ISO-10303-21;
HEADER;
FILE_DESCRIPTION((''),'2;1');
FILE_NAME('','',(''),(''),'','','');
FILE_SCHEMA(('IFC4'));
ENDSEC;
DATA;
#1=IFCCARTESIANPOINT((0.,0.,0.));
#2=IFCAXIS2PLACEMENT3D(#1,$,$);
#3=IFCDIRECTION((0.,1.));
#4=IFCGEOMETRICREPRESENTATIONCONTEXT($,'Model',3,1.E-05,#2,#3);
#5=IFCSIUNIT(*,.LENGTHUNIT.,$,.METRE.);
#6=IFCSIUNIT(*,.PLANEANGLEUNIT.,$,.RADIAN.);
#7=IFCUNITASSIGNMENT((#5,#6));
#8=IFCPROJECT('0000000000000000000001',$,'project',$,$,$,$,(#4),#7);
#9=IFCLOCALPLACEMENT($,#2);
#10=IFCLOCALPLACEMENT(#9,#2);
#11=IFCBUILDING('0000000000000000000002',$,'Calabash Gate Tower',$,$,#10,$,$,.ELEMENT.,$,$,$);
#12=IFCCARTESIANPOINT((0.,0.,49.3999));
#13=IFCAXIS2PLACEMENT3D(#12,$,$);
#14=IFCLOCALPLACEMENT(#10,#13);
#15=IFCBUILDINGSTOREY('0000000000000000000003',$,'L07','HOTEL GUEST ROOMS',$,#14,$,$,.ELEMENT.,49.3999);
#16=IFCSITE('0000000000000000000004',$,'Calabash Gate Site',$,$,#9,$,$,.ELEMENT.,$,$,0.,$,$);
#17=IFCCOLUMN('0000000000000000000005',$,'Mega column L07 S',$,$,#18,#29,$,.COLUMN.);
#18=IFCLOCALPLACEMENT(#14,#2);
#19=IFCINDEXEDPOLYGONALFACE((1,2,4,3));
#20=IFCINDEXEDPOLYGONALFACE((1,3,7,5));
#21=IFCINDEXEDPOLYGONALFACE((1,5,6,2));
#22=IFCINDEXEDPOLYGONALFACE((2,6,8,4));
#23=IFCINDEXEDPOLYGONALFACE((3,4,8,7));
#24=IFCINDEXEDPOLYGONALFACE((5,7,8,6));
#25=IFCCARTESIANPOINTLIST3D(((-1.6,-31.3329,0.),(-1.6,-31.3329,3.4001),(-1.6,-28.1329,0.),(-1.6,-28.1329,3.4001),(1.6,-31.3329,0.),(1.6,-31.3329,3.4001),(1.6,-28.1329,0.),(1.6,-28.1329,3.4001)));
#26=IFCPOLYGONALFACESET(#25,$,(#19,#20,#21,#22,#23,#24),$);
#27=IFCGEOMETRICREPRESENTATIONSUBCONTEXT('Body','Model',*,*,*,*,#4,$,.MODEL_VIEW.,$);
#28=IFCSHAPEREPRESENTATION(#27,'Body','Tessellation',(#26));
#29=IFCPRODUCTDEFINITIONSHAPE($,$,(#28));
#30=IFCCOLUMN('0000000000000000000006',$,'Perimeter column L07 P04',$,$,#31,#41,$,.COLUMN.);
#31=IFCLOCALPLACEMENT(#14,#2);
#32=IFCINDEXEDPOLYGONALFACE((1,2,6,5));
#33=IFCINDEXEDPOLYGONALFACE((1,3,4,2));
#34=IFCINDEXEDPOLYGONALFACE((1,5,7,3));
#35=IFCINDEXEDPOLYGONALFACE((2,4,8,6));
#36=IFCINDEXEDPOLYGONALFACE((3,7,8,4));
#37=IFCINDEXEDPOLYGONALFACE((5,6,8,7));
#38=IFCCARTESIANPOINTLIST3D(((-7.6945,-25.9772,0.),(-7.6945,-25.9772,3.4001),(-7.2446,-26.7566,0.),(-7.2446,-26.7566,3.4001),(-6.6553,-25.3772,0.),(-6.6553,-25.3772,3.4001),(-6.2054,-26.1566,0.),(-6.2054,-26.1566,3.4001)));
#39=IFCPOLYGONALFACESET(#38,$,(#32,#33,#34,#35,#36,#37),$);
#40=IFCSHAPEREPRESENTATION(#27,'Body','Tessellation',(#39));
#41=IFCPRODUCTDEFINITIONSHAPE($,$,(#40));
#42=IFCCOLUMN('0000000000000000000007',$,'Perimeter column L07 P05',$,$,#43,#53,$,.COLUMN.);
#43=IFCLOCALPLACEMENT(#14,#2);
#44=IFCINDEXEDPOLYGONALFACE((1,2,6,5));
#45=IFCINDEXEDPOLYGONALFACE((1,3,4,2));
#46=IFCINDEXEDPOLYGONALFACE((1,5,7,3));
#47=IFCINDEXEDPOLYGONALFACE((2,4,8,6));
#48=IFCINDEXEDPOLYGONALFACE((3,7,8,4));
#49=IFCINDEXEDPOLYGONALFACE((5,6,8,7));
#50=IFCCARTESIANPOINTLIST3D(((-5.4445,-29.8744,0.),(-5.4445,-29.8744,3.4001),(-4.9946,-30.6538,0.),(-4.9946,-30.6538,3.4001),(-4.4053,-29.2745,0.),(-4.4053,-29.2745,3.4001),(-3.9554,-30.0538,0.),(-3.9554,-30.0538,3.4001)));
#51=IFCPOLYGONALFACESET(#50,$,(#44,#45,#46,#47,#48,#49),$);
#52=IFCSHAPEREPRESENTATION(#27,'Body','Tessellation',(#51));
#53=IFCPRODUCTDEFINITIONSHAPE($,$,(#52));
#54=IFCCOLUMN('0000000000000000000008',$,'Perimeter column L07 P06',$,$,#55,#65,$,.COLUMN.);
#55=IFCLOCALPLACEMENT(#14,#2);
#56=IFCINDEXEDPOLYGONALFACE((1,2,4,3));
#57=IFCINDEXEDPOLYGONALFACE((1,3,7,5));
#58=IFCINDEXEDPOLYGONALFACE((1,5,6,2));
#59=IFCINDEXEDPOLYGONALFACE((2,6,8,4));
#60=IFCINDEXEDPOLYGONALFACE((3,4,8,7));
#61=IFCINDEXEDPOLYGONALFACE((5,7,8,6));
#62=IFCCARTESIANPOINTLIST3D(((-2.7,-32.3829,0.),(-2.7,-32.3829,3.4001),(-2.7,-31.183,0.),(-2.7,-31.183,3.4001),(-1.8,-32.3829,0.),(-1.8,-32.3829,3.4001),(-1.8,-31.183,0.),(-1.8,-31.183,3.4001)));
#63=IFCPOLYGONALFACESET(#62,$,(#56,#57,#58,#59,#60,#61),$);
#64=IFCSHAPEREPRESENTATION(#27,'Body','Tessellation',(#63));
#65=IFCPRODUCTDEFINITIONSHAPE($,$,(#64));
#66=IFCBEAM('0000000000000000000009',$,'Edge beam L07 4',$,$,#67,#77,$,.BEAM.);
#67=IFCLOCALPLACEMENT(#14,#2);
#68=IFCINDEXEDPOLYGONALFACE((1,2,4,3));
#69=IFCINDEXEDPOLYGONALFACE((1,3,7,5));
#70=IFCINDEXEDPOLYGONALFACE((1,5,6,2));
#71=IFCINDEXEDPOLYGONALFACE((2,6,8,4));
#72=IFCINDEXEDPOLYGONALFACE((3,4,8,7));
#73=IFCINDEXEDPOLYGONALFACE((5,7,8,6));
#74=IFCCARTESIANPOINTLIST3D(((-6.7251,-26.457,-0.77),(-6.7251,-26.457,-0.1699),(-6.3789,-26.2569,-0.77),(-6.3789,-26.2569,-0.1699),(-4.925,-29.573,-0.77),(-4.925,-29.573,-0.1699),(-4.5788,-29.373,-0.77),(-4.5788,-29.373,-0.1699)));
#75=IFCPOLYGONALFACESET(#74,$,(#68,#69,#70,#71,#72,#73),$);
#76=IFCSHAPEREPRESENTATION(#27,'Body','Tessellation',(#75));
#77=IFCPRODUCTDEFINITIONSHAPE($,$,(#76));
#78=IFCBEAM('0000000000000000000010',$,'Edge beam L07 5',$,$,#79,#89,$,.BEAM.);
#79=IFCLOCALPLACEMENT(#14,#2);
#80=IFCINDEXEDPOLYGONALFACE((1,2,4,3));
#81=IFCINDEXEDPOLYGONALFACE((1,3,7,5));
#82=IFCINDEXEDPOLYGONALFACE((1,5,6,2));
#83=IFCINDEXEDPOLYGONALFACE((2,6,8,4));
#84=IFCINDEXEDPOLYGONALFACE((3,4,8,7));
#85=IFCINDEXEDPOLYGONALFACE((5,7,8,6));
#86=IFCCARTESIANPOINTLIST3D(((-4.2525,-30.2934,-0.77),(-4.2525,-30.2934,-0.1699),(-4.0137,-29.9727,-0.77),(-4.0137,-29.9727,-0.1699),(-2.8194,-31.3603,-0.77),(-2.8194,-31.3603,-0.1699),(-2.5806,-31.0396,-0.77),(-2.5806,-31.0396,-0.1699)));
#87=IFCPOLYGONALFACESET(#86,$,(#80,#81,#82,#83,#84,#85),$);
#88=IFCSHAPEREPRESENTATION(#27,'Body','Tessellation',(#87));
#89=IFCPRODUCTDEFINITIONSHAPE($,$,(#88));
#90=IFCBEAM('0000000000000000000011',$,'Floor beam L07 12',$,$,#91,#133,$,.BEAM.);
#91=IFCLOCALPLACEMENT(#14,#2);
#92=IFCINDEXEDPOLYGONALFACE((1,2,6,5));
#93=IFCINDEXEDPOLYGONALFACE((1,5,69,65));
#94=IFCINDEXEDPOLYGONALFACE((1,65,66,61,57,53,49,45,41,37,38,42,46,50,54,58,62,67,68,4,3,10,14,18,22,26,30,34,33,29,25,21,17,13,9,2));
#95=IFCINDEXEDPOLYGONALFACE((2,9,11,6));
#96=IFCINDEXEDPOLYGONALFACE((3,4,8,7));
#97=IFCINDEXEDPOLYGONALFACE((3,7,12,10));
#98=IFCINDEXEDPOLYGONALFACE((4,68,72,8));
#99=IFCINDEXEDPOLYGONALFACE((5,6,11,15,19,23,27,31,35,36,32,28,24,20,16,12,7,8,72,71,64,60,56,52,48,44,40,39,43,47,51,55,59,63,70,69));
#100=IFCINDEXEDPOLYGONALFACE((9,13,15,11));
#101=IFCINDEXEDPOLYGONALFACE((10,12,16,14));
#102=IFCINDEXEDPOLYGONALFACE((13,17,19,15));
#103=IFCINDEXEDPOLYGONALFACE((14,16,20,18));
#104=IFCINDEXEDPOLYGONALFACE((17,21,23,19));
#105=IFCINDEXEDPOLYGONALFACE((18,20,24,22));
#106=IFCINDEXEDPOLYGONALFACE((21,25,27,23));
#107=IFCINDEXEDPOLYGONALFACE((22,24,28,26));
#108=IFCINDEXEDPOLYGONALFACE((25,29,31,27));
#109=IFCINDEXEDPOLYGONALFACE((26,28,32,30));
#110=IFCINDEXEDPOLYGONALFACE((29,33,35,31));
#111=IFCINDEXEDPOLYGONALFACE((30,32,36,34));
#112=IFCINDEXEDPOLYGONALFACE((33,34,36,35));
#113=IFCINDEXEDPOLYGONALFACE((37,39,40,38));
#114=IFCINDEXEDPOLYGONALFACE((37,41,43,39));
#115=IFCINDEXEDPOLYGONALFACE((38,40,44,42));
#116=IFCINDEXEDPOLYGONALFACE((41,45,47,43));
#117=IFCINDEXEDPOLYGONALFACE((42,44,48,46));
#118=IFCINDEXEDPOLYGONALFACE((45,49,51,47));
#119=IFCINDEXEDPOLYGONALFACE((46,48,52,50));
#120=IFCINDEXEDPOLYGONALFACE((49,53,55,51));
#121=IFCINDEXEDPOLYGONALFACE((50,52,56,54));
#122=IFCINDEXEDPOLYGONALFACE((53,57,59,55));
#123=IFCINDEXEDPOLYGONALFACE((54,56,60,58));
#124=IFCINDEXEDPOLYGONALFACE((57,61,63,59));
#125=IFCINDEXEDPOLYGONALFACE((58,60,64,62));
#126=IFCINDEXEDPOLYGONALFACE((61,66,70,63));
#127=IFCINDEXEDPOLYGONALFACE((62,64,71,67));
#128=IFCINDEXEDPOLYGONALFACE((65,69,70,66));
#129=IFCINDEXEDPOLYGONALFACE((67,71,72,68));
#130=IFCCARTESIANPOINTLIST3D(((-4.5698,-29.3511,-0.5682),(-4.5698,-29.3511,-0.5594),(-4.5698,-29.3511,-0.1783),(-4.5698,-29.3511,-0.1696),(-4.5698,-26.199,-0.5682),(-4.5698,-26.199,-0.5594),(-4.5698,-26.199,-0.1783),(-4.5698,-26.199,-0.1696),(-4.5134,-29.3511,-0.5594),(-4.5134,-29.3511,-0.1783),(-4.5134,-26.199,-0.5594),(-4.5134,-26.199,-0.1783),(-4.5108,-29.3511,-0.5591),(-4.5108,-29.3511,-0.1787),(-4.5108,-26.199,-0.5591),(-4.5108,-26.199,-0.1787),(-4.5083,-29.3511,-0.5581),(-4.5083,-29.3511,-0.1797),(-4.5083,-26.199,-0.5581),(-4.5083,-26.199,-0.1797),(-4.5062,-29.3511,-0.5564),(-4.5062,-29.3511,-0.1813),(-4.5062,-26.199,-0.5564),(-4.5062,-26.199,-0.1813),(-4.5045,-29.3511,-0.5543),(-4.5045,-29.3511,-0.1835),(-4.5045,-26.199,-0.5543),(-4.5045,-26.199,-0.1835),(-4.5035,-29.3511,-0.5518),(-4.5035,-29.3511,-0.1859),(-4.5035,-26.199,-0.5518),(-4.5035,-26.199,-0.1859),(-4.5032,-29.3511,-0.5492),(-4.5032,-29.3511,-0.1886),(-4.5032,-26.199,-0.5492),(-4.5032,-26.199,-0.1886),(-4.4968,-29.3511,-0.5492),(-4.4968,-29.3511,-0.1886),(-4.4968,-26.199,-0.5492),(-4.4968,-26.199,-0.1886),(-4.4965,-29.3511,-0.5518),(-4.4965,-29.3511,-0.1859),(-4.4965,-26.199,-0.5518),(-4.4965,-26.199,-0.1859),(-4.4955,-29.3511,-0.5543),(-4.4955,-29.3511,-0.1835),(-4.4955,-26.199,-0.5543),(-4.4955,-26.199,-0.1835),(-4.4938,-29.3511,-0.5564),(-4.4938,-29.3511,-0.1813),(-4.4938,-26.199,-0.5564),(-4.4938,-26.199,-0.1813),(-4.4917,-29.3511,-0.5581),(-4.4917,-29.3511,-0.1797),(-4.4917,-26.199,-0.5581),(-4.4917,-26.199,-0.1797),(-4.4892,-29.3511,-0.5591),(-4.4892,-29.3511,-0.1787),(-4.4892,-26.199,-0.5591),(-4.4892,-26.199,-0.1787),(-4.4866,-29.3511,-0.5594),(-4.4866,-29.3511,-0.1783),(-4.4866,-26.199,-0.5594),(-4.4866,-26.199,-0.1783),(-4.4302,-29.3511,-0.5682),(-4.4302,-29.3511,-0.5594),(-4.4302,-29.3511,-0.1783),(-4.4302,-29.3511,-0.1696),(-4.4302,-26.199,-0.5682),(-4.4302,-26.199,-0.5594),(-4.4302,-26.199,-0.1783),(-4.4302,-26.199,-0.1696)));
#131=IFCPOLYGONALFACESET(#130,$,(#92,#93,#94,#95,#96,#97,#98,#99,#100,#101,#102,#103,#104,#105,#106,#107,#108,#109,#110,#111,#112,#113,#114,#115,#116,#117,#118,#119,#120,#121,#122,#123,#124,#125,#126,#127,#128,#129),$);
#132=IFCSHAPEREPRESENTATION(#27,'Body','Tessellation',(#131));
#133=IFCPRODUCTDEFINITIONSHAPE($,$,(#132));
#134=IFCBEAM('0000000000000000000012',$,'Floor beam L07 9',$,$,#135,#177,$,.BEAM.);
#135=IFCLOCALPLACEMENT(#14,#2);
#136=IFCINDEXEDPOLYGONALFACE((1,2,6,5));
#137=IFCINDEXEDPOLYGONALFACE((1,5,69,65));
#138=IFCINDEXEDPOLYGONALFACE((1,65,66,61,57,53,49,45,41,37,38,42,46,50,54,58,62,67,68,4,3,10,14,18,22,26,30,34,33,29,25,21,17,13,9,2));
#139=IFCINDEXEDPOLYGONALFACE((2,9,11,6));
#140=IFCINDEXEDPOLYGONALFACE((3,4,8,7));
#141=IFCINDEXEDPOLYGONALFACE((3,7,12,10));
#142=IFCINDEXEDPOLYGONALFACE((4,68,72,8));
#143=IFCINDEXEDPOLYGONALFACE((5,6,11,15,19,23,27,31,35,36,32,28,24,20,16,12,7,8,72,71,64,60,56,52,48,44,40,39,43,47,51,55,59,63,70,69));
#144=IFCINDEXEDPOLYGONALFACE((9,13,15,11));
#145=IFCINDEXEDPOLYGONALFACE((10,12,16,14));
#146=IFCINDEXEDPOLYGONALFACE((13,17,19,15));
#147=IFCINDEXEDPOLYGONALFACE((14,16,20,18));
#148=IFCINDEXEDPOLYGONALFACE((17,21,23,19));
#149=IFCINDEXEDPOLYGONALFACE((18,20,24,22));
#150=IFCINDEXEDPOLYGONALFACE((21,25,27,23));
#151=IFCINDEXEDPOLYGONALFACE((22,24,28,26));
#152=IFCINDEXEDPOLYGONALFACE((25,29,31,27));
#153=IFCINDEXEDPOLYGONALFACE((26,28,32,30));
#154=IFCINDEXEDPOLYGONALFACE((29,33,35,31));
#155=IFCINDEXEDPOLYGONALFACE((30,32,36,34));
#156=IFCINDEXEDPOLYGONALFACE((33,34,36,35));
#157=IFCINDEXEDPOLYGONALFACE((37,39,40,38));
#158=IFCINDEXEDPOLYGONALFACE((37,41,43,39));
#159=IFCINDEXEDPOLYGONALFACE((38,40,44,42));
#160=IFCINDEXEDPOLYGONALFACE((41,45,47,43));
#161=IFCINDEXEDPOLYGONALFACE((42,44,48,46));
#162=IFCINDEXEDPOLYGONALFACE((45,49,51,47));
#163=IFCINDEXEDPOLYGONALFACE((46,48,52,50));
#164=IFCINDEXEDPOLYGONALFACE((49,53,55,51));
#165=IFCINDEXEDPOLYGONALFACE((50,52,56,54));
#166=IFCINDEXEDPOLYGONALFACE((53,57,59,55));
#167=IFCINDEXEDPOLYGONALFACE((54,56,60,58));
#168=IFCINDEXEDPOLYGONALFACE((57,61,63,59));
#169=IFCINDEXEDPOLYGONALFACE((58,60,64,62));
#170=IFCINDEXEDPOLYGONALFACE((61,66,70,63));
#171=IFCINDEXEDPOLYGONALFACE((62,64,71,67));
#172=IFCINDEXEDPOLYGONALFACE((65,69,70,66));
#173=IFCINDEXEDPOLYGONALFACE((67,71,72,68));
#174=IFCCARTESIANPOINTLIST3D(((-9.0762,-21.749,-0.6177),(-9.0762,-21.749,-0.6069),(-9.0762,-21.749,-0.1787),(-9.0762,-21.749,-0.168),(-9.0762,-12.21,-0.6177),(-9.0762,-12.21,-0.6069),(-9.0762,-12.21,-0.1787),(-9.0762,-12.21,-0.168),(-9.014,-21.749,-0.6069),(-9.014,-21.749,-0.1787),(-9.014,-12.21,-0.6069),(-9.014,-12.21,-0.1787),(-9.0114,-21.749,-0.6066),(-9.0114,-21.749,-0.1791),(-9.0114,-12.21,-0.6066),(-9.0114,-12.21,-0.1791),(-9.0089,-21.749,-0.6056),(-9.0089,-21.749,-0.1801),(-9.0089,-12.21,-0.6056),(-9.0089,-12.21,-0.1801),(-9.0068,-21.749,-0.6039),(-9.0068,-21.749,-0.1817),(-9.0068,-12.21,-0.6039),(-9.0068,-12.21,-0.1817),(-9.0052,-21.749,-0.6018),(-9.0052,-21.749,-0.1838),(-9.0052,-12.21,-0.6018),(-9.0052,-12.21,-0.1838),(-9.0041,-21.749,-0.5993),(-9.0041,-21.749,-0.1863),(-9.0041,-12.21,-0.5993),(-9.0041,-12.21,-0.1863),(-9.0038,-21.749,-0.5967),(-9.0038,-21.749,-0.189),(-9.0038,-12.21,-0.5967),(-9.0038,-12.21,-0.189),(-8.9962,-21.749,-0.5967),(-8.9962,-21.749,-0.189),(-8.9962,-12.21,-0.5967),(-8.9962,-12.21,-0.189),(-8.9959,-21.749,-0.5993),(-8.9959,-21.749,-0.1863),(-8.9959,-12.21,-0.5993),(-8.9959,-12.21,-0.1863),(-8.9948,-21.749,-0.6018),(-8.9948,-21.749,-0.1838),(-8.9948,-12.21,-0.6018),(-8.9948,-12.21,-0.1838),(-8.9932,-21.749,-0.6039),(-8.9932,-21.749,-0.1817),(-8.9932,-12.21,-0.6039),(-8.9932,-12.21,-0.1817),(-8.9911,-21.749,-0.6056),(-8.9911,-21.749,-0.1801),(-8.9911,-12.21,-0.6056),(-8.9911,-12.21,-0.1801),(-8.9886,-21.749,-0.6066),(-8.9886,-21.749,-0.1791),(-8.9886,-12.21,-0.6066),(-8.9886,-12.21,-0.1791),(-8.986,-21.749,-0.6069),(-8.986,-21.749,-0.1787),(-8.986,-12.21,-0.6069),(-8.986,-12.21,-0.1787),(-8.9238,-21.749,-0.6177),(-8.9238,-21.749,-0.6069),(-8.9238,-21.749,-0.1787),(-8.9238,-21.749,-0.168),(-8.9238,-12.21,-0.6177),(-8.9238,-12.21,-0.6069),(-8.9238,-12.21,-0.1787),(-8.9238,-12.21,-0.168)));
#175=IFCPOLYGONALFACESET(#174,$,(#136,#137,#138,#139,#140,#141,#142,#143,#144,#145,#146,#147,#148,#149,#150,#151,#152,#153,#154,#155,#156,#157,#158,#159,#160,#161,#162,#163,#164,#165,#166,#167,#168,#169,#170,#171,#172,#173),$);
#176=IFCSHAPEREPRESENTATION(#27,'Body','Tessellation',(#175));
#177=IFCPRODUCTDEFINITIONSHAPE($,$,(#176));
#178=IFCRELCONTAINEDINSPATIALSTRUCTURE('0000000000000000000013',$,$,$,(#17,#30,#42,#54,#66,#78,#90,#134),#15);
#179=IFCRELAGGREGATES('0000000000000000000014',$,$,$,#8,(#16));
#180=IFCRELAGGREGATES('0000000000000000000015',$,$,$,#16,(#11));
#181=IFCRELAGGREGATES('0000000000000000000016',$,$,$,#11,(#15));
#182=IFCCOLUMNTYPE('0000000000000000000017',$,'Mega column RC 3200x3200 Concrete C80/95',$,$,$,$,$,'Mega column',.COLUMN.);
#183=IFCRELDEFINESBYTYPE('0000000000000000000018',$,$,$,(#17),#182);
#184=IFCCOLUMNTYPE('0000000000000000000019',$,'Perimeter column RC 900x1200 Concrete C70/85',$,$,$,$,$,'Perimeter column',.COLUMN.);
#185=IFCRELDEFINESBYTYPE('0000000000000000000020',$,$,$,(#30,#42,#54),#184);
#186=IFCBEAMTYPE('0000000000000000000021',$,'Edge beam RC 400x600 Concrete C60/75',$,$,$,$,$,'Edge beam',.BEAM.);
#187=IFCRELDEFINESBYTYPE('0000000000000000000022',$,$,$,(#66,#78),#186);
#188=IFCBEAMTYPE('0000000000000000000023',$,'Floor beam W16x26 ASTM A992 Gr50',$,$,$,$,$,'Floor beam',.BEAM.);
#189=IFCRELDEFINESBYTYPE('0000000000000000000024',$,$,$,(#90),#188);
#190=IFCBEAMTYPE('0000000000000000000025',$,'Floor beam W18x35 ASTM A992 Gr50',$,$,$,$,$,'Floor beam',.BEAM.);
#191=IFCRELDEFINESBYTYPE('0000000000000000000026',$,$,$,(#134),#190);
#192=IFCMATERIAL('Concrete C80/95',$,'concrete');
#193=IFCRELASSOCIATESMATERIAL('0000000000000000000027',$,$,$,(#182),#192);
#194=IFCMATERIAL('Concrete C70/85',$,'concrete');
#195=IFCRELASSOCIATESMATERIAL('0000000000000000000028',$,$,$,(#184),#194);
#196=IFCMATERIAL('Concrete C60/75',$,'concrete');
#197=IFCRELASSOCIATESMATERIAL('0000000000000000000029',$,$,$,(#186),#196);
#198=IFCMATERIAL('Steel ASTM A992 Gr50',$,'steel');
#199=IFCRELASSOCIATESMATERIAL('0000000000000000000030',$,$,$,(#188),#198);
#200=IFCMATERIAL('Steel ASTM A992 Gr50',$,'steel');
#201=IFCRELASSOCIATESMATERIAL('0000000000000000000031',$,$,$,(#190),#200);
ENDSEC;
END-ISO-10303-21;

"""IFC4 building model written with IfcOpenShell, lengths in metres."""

from ifc_helpers import new_model, si_unit, direction, frame, origin, origin_2d, place, context, subcontext, project, spatial, rectangle, i_section, extrude, material, material_profile, profile_set, type_object, element, save


model = new_model("IFC4")

# Units and contexts
model_context = context("Model", 3, precision=1e-05, world=origin(), true_north=direction((0.0, 1.0)))
body_context = subcontext(model_context, "Body", "Model", "MODEL_VIEW")
ifc_project = project(units=[si_unit("LENGTHUNIT", "METRE"), si_unit("PLANEANGLEUNIT", "RADIAN")], contexts=[model_context])

# Site, building, storey
site_placement = place(None, origin())
site = spatial("IfcSite", under=ifc_project, at=site_placement, Name="Calabash Gate Site", CompositionType="ELEMENT", RefElevation=0.0)
building_placement = place(site_placement, origin())
building = spatial("IfcBuilding", under=site, at=building_placement, Name="Calabash Gate Tower", CompositionType="ELEMENT")
storey_placement = place(building_placement, frame((0.0, 0.0, 49.3999)))
storey = spatial("IfcBuildingStorey", under=building, at=storey_placement, Name="L07", Description="HOTEL GUEST ROOMS", CompositionType="ELEMENT", Elevation=49.3999)

# Columns
ifc_material_1 = material(Name="Concrete C80/95", Category="concrete")
ifc_material_profile_1 = material_profile(ifc_material_1, rectangle(XDim=3.2, YDim=3.2, at=origin_2d()))
ifc_profile_set_1 = profile_set([ifc_material_profile_1], Name="Concrete C80/95")
column_type_1 = type_object("IfcColumnType", Name="Mega column RC 3200x3200 Concrete C80/95", ElementType="Mega column", PredefinedType="COLUMN", material=ifc_profile_set_1)
column_placement = place(storey_placement, frame((0.0, -29.7329, 0.0), z_axis=(0.0, 0.0, 1.0), x_axis=(0.0, 1.0, 0.0)))
element("IfcColumn", 1, at=column_placement, inside=storey, type_object=column_type_1, Name="Mega column L07 S", PredefinedType="COLUMN", context=body_context, shape_type="SweptSolid", body=[
    extrude(rectangle(XDim=3.2, YDim=3.2, at=origin_2d()), origin(), (0.0, 0.0, 1.0), 3.4001),
])
ifc_material_2 = material(Name="Concrete C70/85", Category="concrete")
ifc_material_profile_2 = material_profile(ifc_material_2, rectangle(XDim=0.8999, YDim=1.2, at=origin_2d()))
ifc_profile_set_2 = profile_set([ifc_material_profile_2], Name="Concrete C70/85")
column_type_2 = type_object("IfcColumnType", Name="Perimeter column RC 900x1200 Concrete C70/85", ElementType="Perimeter column", PredefinedType="COLUMN", material=ifc_profile_set_2)
for number, where, z_axis, x_axis, name in (
    (2, (-6.95, -26.0669, 0.0), (0.0, 0.0, 1.0), (0.5, -0.866025, 0.0), "Perimeter column L07 P04"),
    (3, (-4.7, -29.9641, 0.0), (0.0, 0.0, 1.0), (0.5, -0.866025, 0.0), "Perimeter column L07 P05"),
    (4, (-2.25, -31.783, 0.0), (0.0, 0.0, 1.0), (1.0, 0.0, 0.0), "Perimeter column L07 P06"),
):
    element("IfcColumn", number, at=place(storey_placement, frame(where, z_axis=z_axis, x_axis=x_axis)), inside=storey, type_object=column_type_2, Name=name, PredefinedType="COLUMN", context=body_context, shape_type="SweptSolid", body=[
        extrude(rectangle(XDim=0.8999, YDim=1.2, at=origin_2d()), origin(), (0.0, 0.0, 1.0), 3.4001),
    ])

# Beams
ifc_material_3 = material(Name="Concrete C60/75", Category="concrete")
ifc_material_profile_3 = material_profile(ifc_material_3, rectangle(XDim=0.3999, YDim=0.6001, at=origin_2d()))
ifc_profile_set_3 = profile_set([ifc_material_profile_3], Name="Concrete C60/75")
beam_type_1 = type_object("IfcBeamType", Name="Edge beam RC 400x600 Concrete C60/75", ElementType="Edge beam", PredefinedType="BEAM", material=ifc_profile_set_3)
beam_1_placement = place(storey_placement, frame((-6.552, -26.3569, -0.47), z_axis=(0.500218, -0.8659, 0.0), x_axis=(0.8659, 0.500218, 0.0)))
element("IfcBeam", 5, at=beam_1_placement, inside=storey, type_object=beam_type_1, Name="Edge beam L07 4", PredefinedType="BEAM", context=body_context, shape_type="SweptSolid", body=[
    extrude(rectangle(XDim=0.3999, YDim=0.6001, at=origin_2d()), origin(), (0.0, 0.0, 1.0), 3.5986),
])
beam_2_placement = place(storey_placement, frame((-4.1331, -30.1331, -0.47), z_axis=(0.802127, -0.597154, 0.0), x_axis=(0.597154, 0.802127, 0.0)))
element("IfcBeam", 6, at=beam_2_placement, inside=storey, type_object=beam_type_1, Name="Edge beam L07 5", PredefinedType="BEAM", context=body_context, shape_type="SweptSolid", body=[
    extrude(rectangle(XDim=0.3999, YDim=0.6001, at=origin_2d()), origin(), (0.0, 0.0, 1.0), 1.7866),
])
ifc_material_4 = material(Name="Steel ASTM A992 Gr50", Category="steel")
ifc_material_profile_4 = material_profile(ifc_material_4, i_section(OverallWidth=0.1396, OverallDepth=0.3987, WebThickness=0.0063, FlangeThickness=0.0088, FilletRadius=0.0103, at=origin_2d()))
ifc_profile_set_4 = profile_set([ifc_material_profile_4], Name="Steel ASTM A992 Gr50")
beam_type_2 = type_object("IfcBeamType", Name="Floor beam W16x26 ASTM A992 Gr50", ElementType="Floor beam", PredefinedType="BEAM", material=ifc_profile_set_4)
beam_3_placement = place(storey_placement, frame((-4.5, -29.3511, -0.3689), z_axis=(0.0, 1.0, 0.0), x_axis=(-1.0, 0.0, 0.0)))
element("IfcBeam", 7, at=beam_3_placement, inside=storey, type_object=beam_type_2, Name="Floor beam L07 12", PredefinedType="BEAM", context=body_context, shape_type="SweptSolid", body=[
    extrude(i_section(OverallWidth=0.1396, OverallDepth=0.3987, WebThickness=0.0063, FlangeThickness=0.0088, FilletRadius=0.0103, at=origin_2d()), origin(), (0.0, 0.0, 1.0), 3.1521),
])
ifc_material_5 = material(Name="Steel ASTM A992 Gr50", Category="steel")
ifc_material_profile_5 = material_profile(ifc_material_5, i_section(OverallWidth=0.1523, OverallDepth=0.4497, WebThickness=0.0076, FlangeThickness=0.0107, FilletRadius=0.0103, at=origin_2d()))
ifc_profile_set_5 = profile_set([ifc_material_profile_5], Name="Steel ASTM A992 Gr50")
beam_type_3 = type_object("IfcBeamType", Name="Floor beam W18x35 ASTM A992 Gr50", ElementType="Floor beam", PredefinedType="BEAM", material=ifc_profile_set_5)
beam_4_placement = place(storey_placement, frame((-9.0, -21.749, -0.3928), z_axis=(0.0, 1.0, 0.0), x_axis=(-1.0, 0.0, 0.0)))
element("IfcBeam", 8, at=beam_4_placement, inside=storey, type_object=beam_type_3, Name="Floor beam L07 9", PredefinedType="BEAM", context=body_context, shape_type="SweptSolid", body=[
    extrude(i_section(OverallWidth=0.1523, OverallDepth=0.4497, WebThickness=0.0076, FlangeThickness=0.0107, FilletRadius=0.0103, at=origin_2d()), origin(), (0.0, 0.0, 1.0), 9.5391),
])

save(model, "model.ifc")
